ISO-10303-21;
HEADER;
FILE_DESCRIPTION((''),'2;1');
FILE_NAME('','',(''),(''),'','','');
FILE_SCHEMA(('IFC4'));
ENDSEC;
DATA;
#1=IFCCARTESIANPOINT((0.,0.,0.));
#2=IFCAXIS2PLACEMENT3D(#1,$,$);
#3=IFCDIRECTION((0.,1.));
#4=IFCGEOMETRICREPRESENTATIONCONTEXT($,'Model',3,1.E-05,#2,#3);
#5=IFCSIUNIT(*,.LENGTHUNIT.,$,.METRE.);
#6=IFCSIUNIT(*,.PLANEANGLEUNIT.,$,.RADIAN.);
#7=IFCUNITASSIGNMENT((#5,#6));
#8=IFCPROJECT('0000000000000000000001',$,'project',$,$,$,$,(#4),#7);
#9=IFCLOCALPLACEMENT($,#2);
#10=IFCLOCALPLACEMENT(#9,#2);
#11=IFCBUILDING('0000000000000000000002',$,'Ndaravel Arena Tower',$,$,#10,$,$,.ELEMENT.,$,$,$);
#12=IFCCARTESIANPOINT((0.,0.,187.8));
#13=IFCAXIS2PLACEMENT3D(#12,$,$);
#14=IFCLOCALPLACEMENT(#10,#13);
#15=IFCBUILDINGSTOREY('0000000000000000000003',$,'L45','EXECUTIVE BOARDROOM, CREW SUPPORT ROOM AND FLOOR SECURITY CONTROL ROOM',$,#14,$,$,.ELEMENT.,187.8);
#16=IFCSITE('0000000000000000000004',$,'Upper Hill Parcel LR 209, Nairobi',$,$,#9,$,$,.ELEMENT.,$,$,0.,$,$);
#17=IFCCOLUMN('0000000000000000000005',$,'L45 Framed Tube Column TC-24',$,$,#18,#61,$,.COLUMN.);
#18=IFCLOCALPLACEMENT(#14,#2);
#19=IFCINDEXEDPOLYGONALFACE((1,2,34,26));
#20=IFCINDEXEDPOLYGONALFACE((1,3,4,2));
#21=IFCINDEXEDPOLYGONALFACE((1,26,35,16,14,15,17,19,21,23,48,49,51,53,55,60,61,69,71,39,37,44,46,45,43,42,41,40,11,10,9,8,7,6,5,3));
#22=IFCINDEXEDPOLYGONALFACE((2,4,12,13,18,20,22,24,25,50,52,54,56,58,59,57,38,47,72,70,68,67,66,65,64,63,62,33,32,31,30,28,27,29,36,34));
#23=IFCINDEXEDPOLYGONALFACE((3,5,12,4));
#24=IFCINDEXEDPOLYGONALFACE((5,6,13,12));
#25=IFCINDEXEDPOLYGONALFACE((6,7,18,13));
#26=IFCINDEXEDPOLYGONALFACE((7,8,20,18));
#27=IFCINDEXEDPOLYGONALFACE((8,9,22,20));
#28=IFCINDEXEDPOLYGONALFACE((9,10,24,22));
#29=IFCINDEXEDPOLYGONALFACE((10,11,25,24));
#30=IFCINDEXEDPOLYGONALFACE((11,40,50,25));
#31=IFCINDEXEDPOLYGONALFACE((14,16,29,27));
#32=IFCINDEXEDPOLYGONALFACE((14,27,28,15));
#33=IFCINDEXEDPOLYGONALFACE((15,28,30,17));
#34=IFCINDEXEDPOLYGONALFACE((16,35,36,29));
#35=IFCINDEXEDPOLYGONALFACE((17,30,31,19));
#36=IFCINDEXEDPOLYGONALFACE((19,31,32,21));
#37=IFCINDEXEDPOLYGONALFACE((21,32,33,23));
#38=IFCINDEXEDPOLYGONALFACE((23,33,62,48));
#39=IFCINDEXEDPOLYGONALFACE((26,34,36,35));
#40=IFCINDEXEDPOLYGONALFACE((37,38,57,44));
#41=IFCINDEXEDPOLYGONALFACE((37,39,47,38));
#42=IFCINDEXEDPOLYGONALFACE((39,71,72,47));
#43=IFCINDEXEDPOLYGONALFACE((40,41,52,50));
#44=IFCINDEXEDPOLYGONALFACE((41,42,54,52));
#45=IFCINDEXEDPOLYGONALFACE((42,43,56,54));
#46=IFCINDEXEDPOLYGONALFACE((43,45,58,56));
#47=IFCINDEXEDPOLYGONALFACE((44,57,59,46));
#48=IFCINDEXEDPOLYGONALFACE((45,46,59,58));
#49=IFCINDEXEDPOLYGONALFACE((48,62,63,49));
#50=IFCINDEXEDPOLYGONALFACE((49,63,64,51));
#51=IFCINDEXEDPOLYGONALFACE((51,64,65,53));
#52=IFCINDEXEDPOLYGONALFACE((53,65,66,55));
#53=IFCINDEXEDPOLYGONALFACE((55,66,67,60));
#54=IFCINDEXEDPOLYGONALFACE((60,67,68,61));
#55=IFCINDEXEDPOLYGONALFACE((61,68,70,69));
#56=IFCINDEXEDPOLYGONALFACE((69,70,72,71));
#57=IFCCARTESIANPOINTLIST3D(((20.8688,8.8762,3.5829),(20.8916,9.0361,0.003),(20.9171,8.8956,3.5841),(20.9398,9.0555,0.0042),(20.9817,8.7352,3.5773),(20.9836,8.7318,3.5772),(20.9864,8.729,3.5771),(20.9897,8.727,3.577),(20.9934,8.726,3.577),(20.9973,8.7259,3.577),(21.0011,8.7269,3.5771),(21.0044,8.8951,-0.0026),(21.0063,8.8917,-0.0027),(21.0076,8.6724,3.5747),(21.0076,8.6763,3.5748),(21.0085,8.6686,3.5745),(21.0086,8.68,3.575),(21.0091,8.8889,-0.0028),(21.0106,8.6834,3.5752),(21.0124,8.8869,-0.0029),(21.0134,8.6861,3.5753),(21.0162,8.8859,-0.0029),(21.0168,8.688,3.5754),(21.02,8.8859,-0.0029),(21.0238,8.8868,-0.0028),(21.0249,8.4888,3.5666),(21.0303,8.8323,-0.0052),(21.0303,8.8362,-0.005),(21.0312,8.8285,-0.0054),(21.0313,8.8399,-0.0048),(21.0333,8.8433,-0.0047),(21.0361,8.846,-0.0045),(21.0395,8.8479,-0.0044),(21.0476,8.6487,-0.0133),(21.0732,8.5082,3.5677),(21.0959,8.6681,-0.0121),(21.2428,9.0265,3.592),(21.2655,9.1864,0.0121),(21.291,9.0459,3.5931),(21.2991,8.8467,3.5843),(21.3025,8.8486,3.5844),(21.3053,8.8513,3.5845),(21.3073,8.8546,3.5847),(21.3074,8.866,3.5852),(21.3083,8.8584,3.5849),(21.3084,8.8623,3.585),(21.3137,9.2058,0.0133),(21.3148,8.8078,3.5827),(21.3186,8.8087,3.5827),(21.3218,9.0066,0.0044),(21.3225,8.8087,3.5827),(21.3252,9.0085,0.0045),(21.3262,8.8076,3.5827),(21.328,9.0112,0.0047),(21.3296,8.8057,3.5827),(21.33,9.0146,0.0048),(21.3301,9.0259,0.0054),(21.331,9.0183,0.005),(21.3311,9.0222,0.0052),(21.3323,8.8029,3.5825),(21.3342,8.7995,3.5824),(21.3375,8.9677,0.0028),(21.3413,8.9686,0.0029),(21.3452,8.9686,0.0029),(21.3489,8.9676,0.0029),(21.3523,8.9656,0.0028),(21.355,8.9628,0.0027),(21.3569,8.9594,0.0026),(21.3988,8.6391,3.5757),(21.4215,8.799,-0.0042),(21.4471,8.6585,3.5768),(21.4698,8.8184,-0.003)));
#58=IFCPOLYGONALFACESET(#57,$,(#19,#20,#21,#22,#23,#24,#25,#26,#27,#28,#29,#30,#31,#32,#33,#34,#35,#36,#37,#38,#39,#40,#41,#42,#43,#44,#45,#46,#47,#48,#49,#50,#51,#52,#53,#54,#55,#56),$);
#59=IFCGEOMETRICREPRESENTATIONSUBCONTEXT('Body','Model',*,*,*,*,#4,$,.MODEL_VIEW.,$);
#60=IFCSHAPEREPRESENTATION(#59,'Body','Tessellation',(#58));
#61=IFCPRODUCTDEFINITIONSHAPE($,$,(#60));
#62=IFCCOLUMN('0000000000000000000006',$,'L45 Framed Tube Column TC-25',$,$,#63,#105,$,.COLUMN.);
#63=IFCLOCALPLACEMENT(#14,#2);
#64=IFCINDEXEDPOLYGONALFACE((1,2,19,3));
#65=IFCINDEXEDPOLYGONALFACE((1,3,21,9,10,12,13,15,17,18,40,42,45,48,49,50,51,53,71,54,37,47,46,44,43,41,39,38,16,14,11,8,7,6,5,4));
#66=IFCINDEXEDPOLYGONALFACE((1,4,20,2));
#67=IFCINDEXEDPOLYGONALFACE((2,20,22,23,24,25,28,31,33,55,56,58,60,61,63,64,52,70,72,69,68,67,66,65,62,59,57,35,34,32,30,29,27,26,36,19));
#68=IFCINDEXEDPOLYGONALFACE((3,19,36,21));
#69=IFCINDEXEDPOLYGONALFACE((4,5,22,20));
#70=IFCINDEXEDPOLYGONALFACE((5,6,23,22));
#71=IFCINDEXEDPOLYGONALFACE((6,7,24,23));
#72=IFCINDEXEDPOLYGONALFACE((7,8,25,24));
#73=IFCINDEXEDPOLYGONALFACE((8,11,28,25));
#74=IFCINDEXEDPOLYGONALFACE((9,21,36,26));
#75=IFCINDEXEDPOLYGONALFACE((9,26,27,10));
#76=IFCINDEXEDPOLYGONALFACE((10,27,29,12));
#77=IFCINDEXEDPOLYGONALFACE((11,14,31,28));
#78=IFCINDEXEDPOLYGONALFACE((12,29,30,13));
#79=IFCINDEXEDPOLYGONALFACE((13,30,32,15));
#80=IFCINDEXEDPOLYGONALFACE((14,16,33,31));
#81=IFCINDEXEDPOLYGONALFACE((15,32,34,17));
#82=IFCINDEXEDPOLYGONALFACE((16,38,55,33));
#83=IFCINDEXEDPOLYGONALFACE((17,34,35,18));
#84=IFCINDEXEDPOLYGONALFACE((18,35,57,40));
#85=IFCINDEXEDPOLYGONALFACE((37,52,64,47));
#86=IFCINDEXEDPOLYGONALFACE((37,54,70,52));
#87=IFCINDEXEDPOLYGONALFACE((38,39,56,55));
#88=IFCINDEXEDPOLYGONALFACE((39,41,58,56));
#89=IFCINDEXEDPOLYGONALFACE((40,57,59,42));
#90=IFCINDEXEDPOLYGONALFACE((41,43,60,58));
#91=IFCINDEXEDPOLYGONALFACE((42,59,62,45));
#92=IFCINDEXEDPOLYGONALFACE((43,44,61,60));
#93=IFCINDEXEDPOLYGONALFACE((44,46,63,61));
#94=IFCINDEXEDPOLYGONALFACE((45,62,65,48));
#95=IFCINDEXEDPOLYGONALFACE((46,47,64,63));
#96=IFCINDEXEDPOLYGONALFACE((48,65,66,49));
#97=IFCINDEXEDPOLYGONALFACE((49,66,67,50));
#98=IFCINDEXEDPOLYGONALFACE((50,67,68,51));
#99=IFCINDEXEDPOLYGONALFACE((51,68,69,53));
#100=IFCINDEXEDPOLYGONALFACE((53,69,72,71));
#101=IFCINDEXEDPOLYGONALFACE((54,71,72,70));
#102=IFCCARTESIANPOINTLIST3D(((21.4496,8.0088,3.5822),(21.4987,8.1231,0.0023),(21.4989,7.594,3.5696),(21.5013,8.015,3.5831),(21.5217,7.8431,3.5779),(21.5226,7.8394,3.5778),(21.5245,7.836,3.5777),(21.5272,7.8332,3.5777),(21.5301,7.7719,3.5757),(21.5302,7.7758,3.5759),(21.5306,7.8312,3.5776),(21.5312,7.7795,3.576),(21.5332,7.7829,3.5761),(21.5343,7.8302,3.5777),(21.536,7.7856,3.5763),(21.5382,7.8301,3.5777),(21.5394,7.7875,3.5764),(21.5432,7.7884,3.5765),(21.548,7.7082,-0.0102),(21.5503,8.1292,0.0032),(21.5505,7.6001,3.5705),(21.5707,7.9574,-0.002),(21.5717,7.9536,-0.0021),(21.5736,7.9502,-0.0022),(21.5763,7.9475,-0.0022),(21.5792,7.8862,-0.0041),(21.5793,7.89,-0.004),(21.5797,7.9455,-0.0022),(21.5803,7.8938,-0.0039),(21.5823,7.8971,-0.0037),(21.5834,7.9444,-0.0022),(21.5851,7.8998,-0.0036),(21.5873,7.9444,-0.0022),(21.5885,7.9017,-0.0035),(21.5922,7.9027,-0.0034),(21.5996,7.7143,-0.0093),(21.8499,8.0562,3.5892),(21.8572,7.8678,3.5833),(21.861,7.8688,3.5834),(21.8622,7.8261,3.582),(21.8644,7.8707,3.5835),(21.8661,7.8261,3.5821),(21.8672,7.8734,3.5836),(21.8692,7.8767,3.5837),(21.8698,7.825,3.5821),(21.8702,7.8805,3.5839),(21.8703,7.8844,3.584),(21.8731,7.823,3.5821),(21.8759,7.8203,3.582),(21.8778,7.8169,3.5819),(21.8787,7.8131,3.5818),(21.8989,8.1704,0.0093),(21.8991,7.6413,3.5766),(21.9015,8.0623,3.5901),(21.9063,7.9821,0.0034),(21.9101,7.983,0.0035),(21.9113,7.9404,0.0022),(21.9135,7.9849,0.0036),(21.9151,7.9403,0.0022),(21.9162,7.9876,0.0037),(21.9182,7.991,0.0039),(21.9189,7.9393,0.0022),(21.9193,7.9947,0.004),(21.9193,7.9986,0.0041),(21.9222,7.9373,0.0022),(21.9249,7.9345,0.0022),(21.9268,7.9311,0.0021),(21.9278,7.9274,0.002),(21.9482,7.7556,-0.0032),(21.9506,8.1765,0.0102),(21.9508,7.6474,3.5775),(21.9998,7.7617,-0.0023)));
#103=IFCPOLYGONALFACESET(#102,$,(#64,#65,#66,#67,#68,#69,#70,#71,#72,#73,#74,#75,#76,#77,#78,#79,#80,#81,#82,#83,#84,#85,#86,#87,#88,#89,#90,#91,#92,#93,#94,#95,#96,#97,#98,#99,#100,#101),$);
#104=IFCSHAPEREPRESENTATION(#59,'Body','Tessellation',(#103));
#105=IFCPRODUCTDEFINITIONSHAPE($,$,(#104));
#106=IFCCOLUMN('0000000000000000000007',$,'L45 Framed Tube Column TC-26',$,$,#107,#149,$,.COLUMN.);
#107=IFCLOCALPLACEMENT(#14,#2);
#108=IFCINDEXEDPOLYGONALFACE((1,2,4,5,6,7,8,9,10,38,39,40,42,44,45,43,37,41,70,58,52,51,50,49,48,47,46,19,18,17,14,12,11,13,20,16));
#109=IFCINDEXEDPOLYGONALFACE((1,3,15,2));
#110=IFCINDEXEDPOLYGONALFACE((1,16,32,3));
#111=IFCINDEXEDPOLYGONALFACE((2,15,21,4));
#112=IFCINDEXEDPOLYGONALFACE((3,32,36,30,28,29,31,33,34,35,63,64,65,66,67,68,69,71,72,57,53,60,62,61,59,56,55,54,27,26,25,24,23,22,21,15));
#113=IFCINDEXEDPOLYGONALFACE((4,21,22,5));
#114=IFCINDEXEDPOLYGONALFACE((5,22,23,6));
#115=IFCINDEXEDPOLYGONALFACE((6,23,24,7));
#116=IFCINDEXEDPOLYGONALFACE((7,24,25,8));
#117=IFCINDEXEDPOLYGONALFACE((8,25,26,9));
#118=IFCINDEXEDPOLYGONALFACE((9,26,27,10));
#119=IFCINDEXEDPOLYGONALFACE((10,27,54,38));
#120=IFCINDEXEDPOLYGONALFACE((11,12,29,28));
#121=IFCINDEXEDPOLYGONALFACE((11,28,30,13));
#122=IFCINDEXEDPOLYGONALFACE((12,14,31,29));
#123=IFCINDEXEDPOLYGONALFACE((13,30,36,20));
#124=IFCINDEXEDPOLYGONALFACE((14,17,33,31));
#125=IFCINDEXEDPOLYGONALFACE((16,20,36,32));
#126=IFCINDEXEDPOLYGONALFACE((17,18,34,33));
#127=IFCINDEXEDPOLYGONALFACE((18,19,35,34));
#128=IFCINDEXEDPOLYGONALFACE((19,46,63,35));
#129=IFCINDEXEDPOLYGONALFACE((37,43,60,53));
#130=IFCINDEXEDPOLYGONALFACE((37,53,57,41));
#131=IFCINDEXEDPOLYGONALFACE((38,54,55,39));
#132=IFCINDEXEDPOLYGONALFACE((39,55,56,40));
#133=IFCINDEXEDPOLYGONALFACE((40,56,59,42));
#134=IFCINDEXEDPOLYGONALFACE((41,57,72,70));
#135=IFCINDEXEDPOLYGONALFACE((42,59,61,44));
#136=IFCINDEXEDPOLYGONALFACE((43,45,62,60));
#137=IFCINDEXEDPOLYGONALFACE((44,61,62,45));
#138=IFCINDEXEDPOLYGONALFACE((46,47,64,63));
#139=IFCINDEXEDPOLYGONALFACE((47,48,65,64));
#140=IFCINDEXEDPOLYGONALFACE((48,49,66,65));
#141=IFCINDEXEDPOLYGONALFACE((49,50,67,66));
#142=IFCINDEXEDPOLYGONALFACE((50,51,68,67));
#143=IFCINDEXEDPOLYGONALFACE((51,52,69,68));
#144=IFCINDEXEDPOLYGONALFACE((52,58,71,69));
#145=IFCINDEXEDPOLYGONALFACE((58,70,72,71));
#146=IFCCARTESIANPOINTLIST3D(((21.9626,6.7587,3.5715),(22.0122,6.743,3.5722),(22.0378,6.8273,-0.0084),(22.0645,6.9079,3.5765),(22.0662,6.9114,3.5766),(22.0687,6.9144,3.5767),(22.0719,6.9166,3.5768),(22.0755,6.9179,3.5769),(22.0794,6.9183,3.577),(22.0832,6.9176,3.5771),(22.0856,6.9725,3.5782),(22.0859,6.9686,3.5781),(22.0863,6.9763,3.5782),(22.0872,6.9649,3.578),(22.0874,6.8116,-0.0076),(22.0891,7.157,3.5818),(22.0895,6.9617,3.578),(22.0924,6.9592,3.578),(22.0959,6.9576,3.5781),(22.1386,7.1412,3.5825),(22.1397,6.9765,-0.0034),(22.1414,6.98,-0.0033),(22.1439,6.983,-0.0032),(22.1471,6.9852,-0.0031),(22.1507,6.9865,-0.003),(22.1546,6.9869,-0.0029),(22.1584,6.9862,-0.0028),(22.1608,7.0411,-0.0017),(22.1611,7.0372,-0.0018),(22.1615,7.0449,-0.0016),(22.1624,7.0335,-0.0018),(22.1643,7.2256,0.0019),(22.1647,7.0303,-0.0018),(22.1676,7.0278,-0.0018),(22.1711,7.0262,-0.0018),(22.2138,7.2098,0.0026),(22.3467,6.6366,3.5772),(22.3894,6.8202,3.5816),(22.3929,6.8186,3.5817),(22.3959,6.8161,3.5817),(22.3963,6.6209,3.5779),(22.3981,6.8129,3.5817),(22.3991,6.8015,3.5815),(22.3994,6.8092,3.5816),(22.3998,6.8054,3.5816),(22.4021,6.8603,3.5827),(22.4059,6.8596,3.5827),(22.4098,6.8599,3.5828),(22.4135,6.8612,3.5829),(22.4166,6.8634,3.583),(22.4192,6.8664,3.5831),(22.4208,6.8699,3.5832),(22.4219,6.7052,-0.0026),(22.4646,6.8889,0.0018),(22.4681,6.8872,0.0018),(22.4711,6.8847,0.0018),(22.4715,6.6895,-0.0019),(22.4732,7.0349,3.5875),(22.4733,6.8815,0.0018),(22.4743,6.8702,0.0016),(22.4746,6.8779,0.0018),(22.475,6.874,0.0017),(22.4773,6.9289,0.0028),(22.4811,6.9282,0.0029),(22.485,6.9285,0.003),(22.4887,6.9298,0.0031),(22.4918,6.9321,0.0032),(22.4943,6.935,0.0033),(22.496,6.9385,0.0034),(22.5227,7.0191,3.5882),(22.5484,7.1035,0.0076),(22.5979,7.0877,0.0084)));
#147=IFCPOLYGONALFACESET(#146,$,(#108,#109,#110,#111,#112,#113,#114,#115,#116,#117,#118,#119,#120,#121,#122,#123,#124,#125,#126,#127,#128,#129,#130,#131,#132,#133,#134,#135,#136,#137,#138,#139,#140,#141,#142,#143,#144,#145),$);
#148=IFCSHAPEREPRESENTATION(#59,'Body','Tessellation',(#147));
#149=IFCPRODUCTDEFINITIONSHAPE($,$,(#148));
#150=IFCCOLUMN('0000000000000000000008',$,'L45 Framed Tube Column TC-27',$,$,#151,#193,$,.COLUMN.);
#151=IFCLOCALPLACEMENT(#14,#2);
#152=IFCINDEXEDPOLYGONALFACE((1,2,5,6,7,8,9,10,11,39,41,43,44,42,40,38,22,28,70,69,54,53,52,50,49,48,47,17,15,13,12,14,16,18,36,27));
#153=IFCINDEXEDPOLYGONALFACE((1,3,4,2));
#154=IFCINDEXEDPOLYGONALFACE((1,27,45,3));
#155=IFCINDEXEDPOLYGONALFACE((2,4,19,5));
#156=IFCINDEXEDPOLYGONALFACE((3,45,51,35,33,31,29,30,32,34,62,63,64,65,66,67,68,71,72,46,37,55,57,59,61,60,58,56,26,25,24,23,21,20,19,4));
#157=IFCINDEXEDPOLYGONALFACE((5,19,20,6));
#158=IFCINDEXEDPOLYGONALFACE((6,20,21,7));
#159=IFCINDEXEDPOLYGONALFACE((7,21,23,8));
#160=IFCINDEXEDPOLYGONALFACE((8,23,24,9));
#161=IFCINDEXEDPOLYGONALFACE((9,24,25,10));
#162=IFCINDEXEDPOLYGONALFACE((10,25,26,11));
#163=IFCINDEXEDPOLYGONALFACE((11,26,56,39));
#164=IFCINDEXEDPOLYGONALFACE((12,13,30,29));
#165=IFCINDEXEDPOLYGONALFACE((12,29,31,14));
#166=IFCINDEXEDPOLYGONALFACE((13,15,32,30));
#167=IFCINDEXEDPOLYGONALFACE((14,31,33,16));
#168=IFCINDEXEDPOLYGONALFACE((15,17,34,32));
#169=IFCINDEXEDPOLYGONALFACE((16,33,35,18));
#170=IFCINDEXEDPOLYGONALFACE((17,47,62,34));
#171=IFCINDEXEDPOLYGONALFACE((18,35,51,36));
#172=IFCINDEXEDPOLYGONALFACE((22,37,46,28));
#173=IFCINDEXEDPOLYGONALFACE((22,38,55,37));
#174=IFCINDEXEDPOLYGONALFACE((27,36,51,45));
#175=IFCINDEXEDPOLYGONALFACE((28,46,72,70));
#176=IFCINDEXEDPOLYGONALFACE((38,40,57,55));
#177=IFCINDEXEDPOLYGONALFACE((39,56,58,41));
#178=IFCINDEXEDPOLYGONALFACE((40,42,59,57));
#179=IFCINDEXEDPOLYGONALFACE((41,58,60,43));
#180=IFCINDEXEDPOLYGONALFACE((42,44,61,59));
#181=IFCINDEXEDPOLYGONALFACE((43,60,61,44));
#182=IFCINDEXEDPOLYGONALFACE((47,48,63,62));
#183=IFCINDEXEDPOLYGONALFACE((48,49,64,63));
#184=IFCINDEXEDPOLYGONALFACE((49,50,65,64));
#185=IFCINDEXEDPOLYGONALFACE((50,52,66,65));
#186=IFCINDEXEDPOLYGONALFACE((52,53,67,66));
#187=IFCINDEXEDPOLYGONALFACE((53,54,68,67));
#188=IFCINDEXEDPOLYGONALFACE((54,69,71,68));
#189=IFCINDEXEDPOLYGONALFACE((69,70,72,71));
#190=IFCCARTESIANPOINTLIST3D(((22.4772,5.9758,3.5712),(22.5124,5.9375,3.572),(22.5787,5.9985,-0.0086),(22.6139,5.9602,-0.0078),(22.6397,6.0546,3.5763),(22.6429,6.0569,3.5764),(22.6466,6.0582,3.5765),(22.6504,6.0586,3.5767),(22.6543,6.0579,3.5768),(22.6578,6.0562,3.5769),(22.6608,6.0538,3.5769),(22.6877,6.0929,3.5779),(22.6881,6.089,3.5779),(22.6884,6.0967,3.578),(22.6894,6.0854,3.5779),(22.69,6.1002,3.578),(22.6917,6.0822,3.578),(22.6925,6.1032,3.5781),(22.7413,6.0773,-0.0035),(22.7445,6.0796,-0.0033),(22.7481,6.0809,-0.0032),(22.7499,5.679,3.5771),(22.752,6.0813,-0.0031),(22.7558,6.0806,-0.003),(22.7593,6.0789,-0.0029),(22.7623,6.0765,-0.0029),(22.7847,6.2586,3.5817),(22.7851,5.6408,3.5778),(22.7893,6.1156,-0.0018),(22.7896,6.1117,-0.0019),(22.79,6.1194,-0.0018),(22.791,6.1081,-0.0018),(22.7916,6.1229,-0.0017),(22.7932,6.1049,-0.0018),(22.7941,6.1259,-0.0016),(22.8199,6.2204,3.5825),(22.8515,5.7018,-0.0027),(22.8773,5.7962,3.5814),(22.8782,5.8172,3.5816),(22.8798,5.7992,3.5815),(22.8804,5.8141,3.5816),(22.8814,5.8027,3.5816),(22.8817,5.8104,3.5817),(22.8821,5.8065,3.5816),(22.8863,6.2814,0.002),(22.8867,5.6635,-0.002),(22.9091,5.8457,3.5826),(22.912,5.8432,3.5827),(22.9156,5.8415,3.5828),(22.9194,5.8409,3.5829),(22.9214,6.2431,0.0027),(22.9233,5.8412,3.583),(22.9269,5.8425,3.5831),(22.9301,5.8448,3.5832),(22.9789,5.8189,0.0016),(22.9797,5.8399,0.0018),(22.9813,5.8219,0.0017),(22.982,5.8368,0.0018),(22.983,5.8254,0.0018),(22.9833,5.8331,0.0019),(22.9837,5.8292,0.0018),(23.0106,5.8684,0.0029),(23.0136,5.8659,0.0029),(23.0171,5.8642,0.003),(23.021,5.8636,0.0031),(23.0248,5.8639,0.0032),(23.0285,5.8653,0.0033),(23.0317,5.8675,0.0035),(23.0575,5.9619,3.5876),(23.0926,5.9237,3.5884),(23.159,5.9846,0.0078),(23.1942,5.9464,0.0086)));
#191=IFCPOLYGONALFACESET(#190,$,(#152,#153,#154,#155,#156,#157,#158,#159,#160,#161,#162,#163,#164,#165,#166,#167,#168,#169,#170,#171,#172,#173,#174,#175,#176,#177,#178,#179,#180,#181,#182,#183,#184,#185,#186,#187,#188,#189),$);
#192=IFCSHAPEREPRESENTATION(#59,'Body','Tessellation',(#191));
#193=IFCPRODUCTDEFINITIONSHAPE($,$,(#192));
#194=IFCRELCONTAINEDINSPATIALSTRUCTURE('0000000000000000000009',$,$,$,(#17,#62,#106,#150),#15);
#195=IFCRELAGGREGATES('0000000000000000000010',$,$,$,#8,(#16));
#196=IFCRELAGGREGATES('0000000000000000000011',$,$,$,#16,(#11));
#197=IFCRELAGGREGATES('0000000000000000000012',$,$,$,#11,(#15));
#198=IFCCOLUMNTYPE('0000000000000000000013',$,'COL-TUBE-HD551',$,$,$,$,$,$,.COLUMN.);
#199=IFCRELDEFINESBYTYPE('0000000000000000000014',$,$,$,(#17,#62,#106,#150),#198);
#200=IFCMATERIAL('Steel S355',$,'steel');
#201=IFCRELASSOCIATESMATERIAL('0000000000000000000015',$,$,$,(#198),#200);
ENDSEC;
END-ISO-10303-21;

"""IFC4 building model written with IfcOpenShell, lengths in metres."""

from ifc_helpers import new_model, si_unit, direction, frame, origin, origin_2d, place, context, subcontext, project, spatial, i_section, extrude, material, material_profile, profile_set, type_object, element, save


model = new_model("IFC4")

# Units and contexts
model_context = context("Model", 3, precision=1e-05, world=origin(), true_north=direction((0.0, 1.0)))
body_context = subcontext(model_context, "Body", "Model", "MODEL_VIEW")
ifc_project = project(units=[si_unit("LENGTHUNIT", "METRE"), si_unit("PLANEANGLEUNIT", "RADIAN")], contexts=[model_context])

# Site, building, storey
site_placement = place(None, origin())
site = spatial("IfcSite", under=ifc_project, at=site_placement, Name="Upper Hill Parcel LR 209, Nairobi", CompositionType="ELEMENT", RefElevation=0.0)
building_placement = place(site_placement, origin())
building = spatial("IfcBuilding", under=site, at=building_placement, Name="Ndaravel Arena Tower", CompositionType="ELEMENT")
storey_placement = place(building_placement, frame((0.0, 0.0, 187.8)))
storey = spatial("IfcBuildingStorey", under=building, at=storey_placement, Name="L45", Description="EXECUTIVE BOARDROOM, CREW SUPPORT ROOM AND FLOOR SECURITY CONTROL ROOM", CompositionType="ELEMENT", Elevation=187.8)

# Columns
ifc_material_1 = material(Name="Steel S355", Category="steel")
ifc_material_profile_1 = material_profile(ifc_material_1, i_section(OverallWidth=0.418, OverallDepth=0.4551, WebThickness=0.042, FlangeThickness=0.052, FilletRadius=0.0149, at=origin_2d()), Name="HD 400x551")
ifc_profile_set_1 = profile_set([ifc_material_profile_1], Name="Steel S355")
column_type = type_object("IfcColumnType", Name="COL-TUBE-HD551", PredefinedType="COLUMN", material=ifc_profile_set_1)
column_1_placement = place(storey_placement, frame((21.1807, 8.9272, 0.0), z_axis=(-0.006336, -0.044625, 0.998984), x_axis=(-0.373417, 0.926842, 0.039034)))
element("IfcColumn", 1, at=column_1_placement, inside=storey, type_object=column_type, Name="L45 Framed Tube Column TC-24", PredefinedType="COLUMN", context=body_context, shape_type="SweptSolid", body=[
    extrude(i_section(OverallWidth=0.418, OverallDepth=0.4551, WebThickness=0.042, FlangeThickness=0.052, FilletRadius=0.0149, at=origin_2d()), origin(), (0.0, 0.0, 1.0), 3.5835),
])
column_2_placement = place(storey_placement, frame((21.7493, 7.9424, 0.0), z_axis=(-0.0137, -0.031898, 0.999397), x_axis=(-0.117866, 0.992574, 0.030064)))
element("IfcColumn", 2, at=column_2_placement, inside=storey, type_object=column_type, Name="L45 Framed Tube Column TC-25", PredefinedType="COLUMN", context=body_context, shape_type="SweptSolid", body=[
    extrude(i_section(OverallWidth=0.418, OverallDepth=0.4551, WebThickness=0.042, FlangeThickness=0.052, FilletRadius=0.0149, at=origin_2d()), origin(), (0.0, 0.0, 1.0), 3.582),
])
for number, where, z_axis, x_axis, name in (
    (3, (22.3179, 6.9575, 0.0), (-0.020997, -0.019156, 0.999596), (0.302521, 0.952825, 0.024614), "L45 Framed Tube Column TC-26"),
    (4, (22.8865, 5.9724, 0.0), (-0.028359, -0.00634, 0.999578), (0.73572, 0.676818, 0.025166), "L45 Framed Tube Column TC-27"),
):
    element("IfcColumn", number, at=place(storey_placement, frame(where, z_axis=z_axis, x_axis=x_axis)), inside=storey, type_object=column_type, Name=name, PredefinedType="COLUMN", context=body_context, shape_type="SweptSolid", body=[
        extrude(i_section(OverallWidth=0.418, OverallDepth=0.4551, WebThickness=0.042, FlangeThickness=0.052, FilletRadius=0.0149, at=origin_2d()), origin(), (0.0, 0.0, 1.0), 3.5813),
    ])

save(model, "model.ifc")
